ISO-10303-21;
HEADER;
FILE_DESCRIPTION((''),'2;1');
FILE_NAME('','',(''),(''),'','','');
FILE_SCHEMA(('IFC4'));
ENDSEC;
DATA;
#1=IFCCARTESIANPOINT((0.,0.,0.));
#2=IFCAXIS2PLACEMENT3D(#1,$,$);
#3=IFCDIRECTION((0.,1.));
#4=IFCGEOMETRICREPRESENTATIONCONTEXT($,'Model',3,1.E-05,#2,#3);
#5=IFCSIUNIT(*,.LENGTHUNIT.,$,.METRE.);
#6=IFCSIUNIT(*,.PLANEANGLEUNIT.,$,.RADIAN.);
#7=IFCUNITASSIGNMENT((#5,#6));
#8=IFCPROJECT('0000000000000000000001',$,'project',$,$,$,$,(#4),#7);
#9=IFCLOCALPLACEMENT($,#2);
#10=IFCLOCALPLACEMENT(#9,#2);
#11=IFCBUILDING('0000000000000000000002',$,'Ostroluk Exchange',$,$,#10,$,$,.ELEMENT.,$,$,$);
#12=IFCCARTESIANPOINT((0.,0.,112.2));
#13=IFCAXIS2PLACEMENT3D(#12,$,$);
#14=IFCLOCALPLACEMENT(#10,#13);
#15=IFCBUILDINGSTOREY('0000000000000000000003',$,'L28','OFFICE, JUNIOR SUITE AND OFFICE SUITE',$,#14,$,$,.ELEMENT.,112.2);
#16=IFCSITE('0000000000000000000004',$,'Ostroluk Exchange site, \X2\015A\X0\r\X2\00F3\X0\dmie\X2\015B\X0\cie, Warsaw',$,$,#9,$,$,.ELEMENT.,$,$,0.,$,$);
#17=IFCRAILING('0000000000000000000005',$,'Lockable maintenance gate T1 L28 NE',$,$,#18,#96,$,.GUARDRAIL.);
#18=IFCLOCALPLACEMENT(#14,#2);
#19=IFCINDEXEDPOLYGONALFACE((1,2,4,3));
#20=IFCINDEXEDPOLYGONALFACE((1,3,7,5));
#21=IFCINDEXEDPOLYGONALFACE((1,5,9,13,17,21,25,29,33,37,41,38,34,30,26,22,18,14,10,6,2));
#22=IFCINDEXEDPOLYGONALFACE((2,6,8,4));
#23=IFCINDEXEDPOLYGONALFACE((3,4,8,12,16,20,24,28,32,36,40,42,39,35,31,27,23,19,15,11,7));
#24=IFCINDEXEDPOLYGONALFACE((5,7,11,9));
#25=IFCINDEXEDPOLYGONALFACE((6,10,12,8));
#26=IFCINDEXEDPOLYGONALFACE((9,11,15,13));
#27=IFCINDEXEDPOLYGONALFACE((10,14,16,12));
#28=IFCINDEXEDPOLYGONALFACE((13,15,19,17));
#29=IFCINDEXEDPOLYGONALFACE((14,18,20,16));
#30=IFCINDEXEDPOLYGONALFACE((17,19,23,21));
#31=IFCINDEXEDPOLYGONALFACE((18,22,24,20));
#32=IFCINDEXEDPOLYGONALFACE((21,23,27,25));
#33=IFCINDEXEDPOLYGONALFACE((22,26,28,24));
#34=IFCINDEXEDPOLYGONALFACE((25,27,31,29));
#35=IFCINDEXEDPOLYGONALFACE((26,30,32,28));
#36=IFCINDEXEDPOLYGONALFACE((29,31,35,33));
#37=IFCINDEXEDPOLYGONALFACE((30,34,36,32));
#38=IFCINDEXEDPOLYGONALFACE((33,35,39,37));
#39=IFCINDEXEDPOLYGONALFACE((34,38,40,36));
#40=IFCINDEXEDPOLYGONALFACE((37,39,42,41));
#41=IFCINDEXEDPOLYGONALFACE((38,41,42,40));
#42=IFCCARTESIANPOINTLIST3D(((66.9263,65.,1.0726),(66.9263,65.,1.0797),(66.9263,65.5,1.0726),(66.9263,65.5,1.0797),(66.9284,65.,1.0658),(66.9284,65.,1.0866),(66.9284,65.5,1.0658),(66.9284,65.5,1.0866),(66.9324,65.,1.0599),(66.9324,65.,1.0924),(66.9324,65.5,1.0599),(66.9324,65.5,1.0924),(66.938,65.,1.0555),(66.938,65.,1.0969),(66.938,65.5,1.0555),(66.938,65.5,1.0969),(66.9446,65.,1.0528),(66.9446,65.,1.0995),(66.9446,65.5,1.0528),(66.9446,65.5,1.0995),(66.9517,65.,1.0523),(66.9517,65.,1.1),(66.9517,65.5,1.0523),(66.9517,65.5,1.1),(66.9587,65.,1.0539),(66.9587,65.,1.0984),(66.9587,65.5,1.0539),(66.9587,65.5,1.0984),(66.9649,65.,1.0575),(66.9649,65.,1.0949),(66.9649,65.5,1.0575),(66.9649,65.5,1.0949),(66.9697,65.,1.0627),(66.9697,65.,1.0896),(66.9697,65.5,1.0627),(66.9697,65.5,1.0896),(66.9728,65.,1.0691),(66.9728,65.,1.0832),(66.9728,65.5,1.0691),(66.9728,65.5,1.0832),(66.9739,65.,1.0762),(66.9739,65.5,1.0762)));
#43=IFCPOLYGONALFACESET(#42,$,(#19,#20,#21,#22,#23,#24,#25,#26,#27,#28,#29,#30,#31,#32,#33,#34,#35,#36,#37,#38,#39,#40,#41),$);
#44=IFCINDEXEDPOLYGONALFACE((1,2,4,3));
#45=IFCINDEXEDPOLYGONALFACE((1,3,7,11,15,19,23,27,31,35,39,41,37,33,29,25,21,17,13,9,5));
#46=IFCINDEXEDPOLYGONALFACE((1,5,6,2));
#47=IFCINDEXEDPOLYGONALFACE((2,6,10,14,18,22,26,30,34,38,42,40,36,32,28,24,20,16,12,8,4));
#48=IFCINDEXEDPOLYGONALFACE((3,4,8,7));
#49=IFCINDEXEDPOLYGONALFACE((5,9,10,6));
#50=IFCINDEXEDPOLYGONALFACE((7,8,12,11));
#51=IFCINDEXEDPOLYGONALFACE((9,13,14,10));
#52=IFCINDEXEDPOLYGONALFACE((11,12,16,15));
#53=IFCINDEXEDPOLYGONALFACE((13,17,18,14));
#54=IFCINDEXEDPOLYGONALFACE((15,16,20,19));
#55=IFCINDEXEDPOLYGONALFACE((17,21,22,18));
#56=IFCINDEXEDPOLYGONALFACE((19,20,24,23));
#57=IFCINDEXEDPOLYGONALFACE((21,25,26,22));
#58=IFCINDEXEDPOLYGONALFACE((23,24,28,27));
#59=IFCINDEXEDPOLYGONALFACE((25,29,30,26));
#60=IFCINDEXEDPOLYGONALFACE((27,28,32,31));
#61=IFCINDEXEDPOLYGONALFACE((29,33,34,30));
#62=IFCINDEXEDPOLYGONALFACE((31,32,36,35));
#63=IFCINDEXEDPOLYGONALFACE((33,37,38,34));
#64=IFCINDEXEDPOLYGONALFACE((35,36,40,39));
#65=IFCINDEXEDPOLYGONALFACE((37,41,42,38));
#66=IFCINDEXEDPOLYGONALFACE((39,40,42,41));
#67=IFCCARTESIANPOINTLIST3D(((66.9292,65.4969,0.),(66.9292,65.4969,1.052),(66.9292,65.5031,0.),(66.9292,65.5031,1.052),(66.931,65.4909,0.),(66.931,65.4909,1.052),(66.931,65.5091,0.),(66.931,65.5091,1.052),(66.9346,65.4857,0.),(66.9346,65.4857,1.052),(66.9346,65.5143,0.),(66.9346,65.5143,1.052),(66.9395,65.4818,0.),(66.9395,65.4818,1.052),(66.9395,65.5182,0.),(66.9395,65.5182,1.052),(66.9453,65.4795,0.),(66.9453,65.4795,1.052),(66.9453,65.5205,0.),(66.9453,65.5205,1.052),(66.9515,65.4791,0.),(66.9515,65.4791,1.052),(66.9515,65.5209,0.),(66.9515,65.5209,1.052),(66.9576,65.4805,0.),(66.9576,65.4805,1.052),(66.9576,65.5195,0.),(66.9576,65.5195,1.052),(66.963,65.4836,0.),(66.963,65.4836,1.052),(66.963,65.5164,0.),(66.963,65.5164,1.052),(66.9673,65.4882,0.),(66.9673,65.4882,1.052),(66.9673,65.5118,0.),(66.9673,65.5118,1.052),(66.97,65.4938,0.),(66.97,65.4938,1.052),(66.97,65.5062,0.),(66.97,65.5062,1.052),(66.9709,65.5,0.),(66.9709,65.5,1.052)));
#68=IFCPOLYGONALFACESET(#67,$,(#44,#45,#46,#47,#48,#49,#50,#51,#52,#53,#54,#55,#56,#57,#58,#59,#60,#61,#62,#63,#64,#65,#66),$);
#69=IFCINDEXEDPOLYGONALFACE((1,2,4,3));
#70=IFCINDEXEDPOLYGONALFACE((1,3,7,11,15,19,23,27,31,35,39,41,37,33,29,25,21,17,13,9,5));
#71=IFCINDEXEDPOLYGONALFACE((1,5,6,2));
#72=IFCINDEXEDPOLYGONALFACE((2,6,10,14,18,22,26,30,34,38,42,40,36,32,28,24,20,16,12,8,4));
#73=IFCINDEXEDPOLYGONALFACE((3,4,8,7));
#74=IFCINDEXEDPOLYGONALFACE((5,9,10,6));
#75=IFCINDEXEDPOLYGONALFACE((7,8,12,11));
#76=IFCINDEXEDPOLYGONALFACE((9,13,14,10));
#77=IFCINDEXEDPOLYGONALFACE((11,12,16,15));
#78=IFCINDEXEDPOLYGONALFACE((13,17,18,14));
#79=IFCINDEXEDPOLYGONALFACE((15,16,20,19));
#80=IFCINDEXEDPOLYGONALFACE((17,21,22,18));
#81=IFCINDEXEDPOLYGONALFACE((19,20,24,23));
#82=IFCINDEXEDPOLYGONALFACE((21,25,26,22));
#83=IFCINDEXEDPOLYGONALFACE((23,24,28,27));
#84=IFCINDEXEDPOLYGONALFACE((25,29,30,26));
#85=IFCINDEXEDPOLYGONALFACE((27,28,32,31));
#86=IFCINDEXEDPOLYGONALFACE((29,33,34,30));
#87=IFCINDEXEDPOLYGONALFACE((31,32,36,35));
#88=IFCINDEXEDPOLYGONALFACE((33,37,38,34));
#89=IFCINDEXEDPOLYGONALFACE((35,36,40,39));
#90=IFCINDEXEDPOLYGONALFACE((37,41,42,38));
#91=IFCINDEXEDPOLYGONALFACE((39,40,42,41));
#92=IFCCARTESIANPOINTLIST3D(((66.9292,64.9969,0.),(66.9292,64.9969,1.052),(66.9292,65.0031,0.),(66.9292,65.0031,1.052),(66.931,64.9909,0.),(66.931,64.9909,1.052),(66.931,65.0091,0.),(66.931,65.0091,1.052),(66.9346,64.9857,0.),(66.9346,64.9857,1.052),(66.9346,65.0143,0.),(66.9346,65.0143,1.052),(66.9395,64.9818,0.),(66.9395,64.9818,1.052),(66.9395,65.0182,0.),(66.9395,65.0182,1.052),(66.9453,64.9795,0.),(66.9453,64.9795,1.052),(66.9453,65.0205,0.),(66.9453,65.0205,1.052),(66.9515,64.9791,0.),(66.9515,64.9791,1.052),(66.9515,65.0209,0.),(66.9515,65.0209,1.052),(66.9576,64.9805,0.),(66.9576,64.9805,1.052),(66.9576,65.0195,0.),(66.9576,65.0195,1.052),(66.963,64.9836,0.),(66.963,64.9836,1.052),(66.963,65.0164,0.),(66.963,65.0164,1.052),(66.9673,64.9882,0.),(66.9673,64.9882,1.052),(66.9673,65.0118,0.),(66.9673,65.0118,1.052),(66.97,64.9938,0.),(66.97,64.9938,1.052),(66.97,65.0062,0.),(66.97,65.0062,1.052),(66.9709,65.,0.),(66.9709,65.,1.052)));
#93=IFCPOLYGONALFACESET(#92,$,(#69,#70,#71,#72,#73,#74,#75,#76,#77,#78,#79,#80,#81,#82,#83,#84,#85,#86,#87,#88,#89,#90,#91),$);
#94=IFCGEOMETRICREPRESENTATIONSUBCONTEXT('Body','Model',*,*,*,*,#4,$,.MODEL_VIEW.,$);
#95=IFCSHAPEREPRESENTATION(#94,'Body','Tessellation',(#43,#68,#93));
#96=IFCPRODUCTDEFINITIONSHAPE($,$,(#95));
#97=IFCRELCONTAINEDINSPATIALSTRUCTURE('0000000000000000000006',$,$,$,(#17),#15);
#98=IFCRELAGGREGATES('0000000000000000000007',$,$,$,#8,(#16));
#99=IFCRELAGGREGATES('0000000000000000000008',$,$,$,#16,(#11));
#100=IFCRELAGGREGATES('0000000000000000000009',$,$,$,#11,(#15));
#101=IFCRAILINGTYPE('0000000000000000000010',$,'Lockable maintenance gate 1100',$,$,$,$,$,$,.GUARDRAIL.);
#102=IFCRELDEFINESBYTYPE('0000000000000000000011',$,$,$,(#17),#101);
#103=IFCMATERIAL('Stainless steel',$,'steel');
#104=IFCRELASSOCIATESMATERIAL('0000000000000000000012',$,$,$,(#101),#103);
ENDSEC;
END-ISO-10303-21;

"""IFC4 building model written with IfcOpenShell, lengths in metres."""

from ifc_helpers import new_model, si_unit, direction, frame, origin, origin_2d, place, context, subcontext, project, spatial, circle, extrude, material, type_object, element, save


model = new_model("IFC4")

# Units and contexts
model_context = context("Model", 3, precision=1e-05, world=origin(), true_north=direction((0.0, 1.0)))
body_context = subcontext(model_context, "Body", "Model", "MODEL_VIEW")
ifc_project = project(units=[si_unit("LENGTHUNIT", "METRE"), si_unit("PLANEANGLEUNIT", "RADIAN")], contexts=[model_context])

# Site, building, storey
site_placement = place(None, origin())
site = spatial("IfcSite", under=ifc_project, at=site_placement, Name="Ostroluk Exchange site, Śródmieście, Warsaw", CompositionType="ELEMENT", RefElevation=0.0)
building_placement = place(site_placement, origin())
building = spatial("IfcBuilding", under=site, at=building_placement, Name="Ostroluk Exchange", CompositionType="ELEMENT")
storey_placement = place(building_placement, frame((0.0, 0.0, 112.2)))
storey = spatial("IfcBuildingStorey", under=building, at=storey_placement, Name="L28", Description="OFFICE, JUNIOR SUITE AND OFFICE SUITE", CompositionType="ELEMENT", Elevation=112.2)

# Railing
ifc_material_1 = material(Name="Stainless steel", Category="steel")
railing_type_1 = type_object("IfcRailingType", Name="Lockable maintenance gate 1100", PredefinedType="GUARDRAIL", material=ifc_material_1)
railing_1_placement = place(storey_placement, frame((66.95, 65.5, 0.0)))
element("IfcRailing", 1, at=railing_1_placement, inside=storey, type_object=railing_type_1, Name="Lockable maintenance gate T1 L28 NE", PredefinedType="GUARDRAIL", context=body_context, shape_type="SweptSolid", body=[
    extrude(circle(Radius=0.0239, at=origin_2d()), frame((0.0, 0.0, 1.0762), z_axis=(0.0, -1.0, 0.0), x_axis=(1.0, 0.0, 0.0)), (0.0, 0.0, 1.0), 0.5),
    extrude(circle(Radius=0.021, at=origin_2d()), origin(), (0.0, 0.0, 1.0), 1.052),
    extrude(circle(Radius=0.021, at=origin_2d()), frame((0.0, -0.5, 0.0)), (0.0, 0.0, 1.0), 1.052),
])

save(model, "model.ifc")
